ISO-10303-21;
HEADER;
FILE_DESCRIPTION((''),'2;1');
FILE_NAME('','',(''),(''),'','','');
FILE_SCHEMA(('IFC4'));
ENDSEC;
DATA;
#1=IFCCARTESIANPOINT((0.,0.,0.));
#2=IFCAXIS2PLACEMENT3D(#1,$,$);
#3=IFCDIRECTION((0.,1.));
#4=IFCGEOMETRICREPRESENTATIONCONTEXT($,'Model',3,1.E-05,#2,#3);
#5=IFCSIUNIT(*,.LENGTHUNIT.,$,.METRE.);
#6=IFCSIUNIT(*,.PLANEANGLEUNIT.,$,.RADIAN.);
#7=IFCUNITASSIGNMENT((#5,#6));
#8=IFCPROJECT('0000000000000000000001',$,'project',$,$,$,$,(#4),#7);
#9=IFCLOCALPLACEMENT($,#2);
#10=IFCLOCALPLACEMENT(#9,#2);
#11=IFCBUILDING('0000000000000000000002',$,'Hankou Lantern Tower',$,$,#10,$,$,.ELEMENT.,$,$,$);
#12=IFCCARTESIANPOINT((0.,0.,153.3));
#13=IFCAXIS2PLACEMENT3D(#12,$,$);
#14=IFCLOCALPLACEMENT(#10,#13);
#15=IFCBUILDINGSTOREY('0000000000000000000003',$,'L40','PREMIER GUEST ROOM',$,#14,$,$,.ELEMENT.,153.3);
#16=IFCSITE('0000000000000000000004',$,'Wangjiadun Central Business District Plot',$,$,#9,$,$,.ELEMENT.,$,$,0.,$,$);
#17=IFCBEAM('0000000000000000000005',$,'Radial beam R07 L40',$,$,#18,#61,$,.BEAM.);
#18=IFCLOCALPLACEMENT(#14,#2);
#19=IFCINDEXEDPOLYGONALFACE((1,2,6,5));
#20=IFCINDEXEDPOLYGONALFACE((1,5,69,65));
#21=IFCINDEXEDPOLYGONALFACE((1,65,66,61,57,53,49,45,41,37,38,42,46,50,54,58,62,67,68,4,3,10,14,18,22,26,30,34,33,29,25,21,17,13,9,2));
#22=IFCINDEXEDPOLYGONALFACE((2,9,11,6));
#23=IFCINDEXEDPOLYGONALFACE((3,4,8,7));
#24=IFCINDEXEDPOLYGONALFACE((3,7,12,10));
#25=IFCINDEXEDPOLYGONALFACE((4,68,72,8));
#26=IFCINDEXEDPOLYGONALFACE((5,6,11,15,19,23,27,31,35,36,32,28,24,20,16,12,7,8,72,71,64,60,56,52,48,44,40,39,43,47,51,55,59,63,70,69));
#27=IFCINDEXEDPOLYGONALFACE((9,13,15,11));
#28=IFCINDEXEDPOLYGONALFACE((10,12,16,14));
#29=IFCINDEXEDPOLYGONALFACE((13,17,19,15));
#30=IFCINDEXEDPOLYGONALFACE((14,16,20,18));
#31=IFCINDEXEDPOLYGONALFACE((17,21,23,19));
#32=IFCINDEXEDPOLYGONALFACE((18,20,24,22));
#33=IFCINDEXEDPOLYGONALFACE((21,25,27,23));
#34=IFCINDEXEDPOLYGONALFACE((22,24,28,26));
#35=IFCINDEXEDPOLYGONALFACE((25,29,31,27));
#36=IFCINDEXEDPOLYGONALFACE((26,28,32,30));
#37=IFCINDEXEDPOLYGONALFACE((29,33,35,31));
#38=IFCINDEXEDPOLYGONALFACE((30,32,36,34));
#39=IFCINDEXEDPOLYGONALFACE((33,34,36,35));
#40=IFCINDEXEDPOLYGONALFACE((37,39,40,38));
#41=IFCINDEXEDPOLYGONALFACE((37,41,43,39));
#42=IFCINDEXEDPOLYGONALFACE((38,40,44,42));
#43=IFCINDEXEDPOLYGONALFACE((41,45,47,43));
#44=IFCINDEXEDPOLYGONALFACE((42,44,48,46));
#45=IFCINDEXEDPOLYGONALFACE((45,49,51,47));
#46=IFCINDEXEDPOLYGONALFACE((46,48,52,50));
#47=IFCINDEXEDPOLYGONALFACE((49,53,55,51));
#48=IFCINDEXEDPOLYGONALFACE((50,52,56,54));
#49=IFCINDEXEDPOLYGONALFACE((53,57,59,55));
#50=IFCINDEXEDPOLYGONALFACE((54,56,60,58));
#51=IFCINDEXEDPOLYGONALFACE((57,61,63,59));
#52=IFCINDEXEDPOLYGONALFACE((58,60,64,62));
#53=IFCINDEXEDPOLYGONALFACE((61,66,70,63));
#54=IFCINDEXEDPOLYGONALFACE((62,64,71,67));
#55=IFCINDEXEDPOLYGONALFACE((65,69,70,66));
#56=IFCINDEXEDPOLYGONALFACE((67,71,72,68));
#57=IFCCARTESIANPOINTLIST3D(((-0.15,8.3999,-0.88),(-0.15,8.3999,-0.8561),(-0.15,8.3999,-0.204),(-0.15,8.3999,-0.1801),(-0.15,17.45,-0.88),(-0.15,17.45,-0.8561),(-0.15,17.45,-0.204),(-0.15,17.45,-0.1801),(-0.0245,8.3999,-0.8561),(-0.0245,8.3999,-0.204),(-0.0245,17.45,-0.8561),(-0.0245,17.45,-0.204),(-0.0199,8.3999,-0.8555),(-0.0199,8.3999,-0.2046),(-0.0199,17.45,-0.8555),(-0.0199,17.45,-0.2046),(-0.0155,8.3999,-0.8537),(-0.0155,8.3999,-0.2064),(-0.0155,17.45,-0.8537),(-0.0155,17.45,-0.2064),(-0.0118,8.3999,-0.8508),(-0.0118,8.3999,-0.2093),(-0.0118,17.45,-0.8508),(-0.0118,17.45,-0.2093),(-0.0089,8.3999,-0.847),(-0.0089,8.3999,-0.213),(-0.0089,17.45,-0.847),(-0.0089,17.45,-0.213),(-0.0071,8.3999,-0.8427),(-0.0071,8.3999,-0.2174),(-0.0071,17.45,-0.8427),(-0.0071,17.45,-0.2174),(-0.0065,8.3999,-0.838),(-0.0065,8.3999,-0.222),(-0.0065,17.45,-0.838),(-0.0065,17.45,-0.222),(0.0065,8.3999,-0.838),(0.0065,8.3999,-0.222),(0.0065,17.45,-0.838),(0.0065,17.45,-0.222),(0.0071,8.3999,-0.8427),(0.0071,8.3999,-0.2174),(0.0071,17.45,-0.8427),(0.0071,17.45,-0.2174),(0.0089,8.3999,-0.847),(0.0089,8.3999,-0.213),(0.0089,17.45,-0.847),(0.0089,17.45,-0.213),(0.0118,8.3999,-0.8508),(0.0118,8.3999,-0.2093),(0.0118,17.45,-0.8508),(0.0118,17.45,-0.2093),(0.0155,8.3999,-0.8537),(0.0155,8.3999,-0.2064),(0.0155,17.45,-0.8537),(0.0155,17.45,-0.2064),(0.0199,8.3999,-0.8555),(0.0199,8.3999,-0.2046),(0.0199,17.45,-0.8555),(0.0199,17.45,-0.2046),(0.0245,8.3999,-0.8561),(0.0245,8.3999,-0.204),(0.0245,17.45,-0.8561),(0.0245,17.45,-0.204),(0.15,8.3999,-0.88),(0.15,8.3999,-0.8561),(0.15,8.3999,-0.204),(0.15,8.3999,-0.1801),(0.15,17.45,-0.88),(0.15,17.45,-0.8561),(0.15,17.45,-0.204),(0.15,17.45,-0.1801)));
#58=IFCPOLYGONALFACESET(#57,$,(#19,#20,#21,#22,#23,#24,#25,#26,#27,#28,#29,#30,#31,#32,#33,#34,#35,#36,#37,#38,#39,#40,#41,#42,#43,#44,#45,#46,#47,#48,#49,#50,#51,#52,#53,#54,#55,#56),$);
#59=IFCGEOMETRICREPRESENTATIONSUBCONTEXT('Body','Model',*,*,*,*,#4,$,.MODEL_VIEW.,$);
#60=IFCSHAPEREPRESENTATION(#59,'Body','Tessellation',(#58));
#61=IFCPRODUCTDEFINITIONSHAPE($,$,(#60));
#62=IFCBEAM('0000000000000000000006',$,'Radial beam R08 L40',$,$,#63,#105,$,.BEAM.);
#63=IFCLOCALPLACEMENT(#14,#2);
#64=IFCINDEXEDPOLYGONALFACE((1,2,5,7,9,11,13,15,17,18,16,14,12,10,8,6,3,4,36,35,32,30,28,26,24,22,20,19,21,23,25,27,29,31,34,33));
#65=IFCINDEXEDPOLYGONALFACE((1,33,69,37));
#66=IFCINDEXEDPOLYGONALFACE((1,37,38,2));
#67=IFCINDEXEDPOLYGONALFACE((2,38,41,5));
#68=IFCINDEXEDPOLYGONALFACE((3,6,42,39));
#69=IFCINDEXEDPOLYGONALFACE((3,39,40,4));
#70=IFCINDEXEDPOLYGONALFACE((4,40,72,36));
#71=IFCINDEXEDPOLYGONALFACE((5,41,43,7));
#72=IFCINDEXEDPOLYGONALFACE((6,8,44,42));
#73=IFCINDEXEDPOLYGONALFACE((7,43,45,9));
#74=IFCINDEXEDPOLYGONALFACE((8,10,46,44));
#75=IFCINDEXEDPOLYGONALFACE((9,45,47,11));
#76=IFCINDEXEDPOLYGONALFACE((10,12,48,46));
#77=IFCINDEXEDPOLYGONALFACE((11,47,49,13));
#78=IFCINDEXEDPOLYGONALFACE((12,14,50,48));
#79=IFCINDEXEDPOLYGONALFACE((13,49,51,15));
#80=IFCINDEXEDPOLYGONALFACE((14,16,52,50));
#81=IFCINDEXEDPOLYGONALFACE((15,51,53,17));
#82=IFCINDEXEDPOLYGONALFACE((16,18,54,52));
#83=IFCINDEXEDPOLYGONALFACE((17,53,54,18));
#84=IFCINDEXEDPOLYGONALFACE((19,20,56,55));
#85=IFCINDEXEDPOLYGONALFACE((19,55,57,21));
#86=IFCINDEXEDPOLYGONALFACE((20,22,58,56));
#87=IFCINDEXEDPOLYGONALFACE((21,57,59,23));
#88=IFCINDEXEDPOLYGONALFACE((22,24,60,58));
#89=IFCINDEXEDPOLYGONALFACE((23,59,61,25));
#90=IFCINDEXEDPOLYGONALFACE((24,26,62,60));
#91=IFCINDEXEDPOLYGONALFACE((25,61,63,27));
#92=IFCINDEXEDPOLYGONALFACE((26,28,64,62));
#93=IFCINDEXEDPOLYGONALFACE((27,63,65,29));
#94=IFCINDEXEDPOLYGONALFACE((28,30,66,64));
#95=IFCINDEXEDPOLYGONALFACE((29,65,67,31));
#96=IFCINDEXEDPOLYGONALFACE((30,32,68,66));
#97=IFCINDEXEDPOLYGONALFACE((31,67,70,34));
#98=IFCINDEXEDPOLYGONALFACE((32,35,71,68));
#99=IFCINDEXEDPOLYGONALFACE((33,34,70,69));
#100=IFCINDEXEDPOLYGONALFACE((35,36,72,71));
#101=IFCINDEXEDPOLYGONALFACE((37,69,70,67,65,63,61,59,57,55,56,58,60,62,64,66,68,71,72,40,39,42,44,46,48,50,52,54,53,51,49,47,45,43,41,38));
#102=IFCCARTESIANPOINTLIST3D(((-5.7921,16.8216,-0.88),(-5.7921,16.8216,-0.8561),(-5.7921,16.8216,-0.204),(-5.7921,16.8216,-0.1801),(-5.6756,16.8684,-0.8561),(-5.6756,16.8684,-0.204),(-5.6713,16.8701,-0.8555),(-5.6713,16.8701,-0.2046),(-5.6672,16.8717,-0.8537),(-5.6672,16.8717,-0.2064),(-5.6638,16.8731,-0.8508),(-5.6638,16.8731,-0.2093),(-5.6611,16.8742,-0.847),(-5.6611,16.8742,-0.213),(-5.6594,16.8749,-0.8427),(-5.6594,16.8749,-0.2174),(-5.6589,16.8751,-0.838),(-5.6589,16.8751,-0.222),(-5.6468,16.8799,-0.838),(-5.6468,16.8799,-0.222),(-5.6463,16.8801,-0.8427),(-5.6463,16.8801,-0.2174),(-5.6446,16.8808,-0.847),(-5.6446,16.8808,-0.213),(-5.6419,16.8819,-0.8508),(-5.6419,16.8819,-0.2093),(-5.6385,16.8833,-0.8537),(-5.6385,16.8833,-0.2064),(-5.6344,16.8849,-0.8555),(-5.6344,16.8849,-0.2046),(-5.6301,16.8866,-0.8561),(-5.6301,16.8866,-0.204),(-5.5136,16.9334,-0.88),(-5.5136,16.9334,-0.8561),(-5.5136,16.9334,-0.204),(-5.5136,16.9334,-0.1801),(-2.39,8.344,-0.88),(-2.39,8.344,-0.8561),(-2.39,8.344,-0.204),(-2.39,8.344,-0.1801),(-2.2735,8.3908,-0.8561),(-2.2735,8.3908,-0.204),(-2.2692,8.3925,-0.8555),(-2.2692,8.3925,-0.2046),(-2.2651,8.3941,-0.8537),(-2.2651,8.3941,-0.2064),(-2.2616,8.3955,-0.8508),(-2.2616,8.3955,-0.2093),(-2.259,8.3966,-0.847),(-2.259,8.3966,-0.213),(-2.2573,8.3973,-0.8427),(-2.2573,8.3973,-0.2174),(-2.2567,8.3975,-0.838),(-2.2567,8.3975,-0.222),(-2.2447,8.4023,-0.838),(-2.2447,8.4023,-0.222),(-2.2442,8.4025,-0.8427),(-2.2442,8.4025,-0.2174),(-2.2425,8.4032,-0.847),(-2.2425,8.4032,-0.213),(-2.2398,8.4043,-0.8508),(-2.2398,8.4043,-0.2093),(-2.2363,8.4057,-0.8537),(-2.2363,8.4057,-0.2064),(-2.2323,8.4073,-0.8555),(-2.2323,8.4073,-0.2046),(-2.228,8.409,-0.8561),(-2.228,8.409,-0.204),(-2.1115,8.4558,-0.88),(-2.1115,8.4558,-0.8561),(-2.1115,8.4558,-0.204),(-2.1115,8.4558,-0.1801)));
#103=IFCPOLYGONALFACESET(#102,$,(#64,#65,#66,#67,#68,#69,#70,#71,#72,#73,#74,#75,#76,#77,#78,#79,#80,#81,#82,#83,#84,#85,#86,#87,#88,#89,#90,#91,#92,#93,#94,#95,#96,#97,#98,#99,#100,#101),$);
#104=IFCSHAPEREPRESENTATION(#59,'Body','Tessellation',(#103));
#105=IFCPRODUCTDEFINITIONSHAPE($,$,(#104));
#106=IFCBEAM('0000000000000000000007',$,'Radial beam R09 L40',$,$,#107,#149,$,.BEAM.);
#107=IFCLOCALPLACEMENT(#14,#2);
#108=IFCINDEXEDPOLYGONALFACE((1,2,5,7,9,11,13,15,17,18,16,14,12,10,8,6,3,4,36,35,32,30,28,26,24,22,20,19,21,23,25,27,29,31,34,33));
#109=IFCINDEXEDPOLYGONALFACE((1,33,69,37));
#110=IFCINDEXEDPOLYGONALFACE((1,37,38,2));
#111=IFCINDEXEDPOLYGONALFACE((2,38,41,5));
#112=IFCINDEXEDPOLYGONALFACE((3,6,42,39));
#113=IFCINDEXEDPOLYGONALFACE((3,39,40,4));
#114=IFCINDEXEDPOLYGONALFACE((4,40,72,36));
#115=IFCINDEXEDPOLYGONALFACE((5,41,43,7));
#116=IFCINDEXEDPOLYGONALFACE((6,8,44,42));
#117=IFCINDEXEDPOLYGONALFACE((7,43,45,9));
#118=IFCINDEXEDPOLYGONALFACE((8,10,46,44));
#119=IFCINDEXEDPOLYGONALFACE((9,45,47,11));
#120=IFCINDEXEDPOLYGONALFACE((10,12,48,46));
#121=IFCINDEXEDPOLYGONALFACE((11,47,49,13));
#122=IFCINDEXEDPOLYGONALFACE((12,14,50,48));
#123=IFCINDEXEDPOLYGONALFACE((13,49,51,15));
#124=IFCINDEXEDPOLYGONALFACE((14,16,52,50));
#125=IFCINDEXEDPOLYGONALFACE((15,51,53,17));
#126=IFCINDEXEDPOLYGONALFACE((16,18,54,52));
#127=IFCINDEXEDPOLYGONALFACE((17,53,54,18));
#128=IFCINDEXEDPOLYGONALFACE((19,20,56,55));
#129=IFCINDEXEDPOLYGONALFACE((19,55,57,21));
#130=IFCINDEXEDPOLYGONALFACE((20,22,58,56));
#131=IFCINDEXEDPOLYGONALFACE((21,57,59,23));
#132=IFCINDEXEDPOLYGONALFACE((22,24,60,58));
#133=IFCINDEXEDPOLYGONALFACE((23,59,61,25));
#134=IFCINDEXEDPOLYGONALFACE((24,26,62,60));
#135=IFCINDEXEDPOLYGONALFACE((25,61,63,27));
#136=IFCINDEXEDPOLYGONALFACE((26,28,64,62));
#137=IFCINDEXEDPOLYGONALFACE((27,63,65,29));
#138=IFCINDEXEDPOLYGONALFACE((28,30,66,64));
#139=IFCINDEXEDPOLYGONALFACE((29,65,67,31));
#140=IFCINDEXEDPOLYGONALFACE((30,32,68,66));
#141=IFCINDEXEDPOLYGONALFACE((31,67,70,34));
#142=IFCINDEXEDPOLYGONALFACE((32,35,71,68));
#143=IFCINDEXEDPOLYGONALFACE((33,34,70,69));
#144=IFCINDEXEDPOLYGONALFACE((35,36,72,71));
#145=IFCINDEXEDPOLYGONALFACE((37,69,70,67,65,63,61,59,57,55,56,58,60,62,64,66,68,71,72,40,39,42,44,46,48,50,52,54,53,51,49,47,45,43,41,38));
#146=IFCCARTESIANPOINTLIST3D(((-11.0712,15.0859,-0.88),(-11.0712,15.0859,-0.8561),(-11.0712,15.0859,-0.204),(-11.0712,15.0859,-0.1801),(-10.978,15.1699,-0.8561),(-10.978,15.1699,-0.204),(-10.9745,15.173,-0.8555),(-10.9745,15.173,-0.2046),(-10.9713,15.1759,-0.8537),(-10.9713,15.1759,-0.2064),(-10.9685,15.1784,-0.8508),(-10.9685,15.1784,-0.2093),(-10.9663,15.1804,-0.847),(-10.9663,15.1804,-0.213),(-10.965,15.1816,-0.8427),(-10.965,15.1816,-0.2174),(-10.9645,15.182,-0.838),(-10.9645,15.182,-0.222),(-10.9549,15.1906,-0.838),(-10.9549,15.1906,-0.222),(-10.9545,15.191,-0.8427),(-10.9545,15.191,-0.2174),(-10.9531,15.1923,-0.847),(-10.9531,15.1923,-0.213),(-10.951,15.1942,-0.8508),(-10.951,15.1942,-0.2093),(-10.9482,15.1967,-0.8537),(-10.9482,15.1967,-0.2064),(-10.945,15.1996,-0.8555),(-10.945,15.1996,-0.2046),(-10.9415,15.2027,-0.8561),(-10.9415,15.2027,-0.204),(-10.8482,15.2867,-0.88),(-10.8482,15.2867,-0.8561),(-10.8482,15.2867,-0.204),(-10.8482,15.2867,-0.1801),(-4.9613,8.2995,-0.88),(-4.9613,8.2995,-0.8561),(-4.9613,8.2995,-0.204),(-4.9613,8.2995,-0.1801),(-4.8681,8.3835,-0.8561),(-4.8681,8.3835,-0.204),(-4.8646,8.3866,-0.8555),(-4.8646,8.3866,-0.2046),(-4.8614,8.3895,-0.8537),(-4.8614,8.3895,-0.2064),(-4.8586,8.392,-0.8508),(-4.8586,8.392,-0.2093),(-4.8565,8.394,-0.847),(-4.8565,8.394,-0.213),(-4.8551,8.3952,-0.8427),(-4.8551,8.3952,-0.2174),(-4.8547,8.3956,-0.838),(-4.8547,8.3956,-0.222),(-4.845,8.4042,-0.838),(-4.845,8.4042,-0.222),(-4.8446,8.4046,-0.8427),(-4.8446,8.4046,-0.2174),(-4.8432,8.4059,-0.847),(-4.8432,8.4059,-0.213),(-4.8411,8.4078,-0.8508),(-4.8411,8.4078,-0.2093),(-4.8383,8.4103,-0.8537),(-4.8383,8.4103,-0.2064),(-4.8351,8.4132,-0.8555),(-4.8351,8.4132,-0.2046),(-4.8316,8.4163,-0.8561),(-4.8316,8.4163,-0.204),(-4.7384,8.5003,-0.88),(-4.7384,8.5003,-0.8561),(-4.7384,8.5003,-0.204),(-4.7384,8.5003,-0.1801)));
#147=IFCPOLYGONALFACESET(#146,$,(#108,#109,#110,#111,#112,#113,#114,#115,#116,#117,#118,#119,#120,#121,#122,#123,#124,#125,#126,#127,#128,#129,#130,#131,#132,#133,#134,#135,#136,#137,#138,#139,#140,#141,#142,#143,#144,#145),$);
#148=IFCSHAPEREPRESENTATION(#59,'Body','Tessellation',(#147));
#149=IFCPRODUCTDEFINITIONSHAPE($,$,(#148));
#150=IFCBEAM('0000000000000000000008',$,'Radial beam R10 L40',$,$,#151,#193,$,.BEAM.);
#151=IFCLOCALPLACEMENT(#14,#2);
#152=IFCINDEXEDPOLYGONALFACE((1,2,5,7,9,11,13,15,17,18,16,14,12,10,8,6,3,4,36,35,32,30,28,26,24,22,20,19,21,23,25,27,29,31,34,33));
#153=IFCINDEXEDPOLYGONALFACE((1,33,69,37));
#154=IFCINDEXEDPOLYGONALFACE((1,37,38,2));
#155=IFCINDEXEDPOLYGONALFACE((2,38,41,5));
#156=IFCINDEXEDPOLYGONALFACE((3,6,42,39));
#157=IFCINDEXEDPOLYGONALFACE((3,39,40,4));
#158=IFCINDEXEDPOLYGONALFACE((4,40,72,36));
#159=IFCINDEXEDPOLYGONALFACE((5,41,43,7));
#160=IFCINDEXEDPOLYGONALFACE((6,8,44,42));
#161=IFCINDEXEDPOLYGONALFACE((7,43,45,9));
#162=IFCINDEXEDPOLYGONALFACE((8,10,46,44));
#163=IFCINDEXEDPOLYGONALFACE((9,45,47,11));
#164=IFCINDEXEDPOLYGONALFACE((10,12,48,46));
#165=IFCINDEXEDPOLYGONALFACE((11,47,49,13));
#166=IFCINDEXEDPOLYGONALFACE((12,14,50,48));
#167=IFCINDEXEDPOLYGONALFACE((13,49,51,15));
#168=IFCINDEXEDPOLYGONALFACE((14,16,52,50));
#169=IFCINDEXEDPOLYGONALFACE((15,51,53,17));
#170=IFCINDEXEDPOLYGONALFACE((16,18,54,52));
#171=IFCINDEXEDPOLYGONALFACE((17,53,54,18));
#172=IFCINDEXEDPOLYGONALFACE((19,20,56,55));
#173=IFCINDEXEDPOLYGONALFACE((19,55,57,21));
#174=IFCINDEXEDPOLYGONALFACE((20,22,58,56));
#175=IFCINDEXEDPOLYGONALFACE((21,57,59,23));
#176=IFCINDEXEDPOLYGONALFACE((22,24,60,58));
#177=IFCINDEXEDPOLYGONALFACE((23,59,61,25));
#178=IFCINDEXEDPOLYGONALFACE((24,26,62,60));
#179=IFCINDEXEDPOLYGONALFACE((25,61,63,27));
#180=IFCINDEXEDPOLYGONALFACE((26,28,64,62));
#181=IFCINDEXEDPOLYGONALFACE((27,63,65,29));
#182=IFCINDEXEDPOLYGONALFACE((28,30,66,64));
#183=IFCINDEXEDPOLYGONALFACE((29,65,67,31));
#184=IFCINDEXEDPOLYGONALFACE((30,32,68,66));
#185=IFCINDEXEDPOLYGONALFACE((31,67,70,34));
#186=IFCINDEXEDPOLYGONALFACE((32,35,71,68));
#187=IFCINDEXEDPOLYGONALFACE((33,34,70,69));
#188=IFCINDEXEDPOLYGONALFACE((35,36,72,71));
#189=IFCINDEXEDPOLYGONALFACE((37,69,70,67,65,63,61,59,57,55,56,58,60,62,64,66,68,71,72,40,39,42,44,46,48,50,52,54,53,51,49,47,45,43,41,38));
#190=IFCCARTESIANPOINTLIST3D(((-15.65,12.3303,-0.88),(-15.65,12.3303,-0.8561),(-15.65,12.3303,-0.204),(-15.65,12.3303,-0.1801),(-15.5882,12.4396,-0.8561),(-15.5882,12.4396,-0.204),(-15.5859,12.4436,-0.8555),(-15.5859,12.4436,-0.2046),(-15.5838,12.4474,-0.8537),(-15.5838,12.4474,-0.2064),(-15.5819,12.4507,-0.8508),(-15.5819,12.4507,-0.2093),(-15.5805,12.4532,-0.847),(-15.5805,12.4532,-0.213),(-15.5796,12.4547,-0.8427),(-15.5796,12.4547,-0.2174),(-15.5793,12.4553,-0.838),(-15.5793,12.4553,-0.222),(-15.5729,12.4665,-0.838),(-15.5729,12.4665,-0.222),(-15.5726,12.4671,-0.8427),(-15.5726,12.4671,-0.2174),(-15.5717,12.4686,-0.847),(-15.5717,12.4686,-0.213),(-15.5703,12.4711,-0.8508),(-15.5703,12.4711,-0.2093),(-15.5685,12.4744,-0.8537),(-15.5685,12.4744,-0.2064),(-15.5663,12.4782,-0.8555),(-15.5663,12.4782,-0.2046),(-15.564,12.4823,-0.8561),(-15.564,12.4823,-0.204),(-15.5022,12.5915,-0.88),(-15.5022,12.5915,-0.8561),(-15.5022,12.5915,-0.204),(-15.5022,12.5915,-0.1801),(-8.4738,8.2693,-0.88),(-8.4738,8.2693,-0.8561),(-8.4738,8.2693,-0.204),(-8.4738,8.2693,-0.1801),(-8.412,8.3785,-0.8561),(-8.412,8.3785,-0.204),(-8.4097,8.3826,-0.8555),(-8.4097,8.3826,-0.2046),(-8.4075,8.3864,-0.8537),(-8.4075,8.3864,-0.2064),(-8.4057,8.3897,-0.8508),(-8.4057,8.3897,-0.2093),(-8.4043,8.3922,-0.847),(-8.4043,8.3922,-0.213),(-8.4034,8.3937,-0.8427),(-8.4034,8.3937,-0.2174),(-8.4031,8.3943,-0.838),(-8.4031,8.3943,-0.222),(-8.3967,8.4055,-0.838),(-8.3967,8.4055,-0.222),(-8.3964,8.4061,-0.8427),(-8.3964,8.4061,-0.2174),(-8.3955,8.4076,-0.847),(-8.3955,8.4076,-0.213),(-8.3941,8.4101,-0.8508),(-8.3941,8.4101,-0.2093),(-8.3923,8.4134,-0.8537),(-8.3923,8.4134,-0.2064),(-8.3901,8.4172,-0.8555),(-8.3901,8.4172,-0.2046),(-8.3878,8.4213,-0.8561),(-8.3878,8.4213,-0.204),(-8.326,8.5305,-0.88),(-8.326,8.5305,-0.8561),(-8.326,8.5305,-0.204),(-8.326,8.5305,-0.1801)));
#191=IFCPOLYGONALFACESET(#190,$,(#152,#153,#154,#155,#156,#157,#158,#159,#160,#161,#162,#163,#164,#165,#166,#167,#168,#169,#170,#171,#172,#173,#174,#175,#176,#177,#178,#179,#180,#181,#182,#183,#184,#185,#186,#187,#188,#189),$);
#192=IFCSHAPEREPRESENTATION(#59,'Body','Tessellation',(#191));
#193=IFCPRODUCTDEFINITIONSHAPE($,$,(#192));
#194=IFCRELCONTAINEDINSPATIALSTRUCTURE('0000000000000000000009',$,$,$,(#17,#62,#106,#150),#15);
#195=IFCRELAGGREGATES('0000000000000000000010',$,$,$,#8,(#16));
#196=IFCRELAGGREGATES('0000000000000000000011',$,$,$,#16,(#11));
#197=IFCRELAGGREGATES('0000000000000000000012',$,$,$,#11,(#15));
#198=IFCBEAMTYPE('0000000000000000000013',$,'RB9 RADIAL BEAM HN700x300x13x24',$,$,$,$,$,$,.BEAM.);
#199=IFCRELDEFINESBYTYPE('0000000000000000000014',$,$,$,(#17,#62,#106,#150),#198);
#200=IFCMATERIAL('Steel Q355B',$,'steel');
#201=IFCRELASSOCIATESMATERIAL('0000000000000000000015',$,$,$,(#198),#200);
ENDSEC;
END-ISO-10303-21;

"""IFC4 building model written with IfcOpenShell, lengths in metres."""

from ifc_helpers import new_model, si_unit, direction, frame, origin, origin_2d, place, context, subcontext, project, spatial, i_section, extrude, material, material_profile, profile_set, type_object, element, save


model = new_model("IFC4")

# Units and contexts
model_context = context("Model", 3, precision=1e-05, world=origin(), true_north=direction((0.0, 1.0)))
body_context = subcontext(model_context, "Body", "Model", "MODEL_VIEW")
ifc_project = project(units=[si_unit("LENGTHUNIT", "METRE"), si_unit("PLANEANGLEUNIT", "RADIAN")], contexts=[model_context])

# Site, building, storey
site_placement = place(None, origin())
site = spatial("IfcSite", under=ifc_project, at=site_placement, Name="Wangjiadun Central Business District Plot", CompositionType="ELEMENT", RefElevation=0.0)
building_placement = place(site_placement, origin())
building = spatial("IfcBuilding", under=site, at=building_placement, Name="Hankou Lantern Tower", CompositionType="ELEMENT")
storey_placement = place(building_placement, frame((0.0, 0.0, 153.3)))
storey = spatial("IfcBuildingStorey", under=building, at=storey_placement, Name="L40", Description="PREMIER GUEST ROOM", CompositionType="ELEMENT", Elevation=153.3)

# Beams
ifc_material_1 = material(Name="Steel Q355B", Category="steel")
ifc_material_profile_1 = material_profile(ifc_material_1, i_section(OverallWidth=0.3, OverallDepth=0.7, WebThickness=0.0129, FlangeThickness=0.0239, FilletRadius=0.0181, at=origin_2d()), Name="HN700x300x13x24")
ifc_profile_set_1 = profile_set([ifc_material_profile_1], Name="Steel Q355B")
beam_type_1 = type_object("IfcBeamType", Name="RB9 RADIAL BEAM HN700x300x13x24", PredefinedType="BEAM", material=ifc_profile_set_1)
beam_1_placement = place(storey_placement, frame((0.0, 8.3999, -0.53), z_axis=(0.0, 1.0, 0.0), x_axis=(-1.0, 0.0, 0.0)))
element("IfcBeam", 1, at=beam_1_placement, inside=storey, type_object=beam_type_1, Name="Radial beam R07 L40", PredefinedType="BEAM", context=body_context, shape_type="SweptSolid", body=[
    extrude(i_section(OverallWidth=0.3, OverallDepth=0.7, WebThickness=0.0129, FlangeThickness=0.0239, FilletRadius=0.0181, at=origin_2d()), origin(), (0.0, 0.0, 1.0), 9.05),
])
beam_2_placement = place(storey_placement, frame((-2.2507, 8.3999, -0.53), z_axis=(-0.372436, 0.928058, 0.0), x_axis=(-0.928058, -0.372436, 0.0)))
element("IfcBeam", 2, at=beam_2_placement, inside=storey, type_object=beam_type_1, Name="Radial beam R08 L40", PredefinedType="BEAM", context=body_context, shape_type="SweptSolid", body=[
    extrude(i_section(OverallWidth=0.3, OverallDepth=0.7, WebThickness=0.0129, FlangeThickness=0.0239, FilletRadius=0.0181, at=origin_2d()), origin(), (0.0, 0.0, 1.0), 9.1348),
])
beam_3_placement = place(storey_placement, frame((-4.8499, 8.3999, -0.53), z_axis=(-0.669093, 0.743178, 0.0), x_axis=(-0.743178, -0.669093, 0.0)))
element("IfcBeam", 3, at=beam_3_placement, inside=storey, type_object=beam_type_1, Name="Radial beam R09 L40", PredefinedType="BEAM", context=body_context, shape_type="SweptSolid", body=[
    extrude(i_section(OverallWidth=0.3, OverallDepth=0.7, WebThickness=0.0129, FlangeThickness=0.0239, FilletRadius=0.0181, at=origin_2d()), origin(), (0.0, 0.0, 1.0), 9.1316),
])
beam_4_placement = place(storey_placement, frame((-8.3999, 8.3999, -0.53), z_axis=(-0.870309, 0.492506, 0.0), x_axis=(-0.492506, -0.870309, 0.0)))
element("IfcBeam", 4, at=beam_4_placement, inside=storey, type_object=beam_type_1, Name="Radial beam R10 L40", PredefinedType="BEAM", context=body_context, shape_type="SweptSolid", body=[
    extrude(i_section(OverallWidth=0.3, OverallDepth=0.7, WebThickness=0.0129, FlangeThickness=0.0239, FilletRadius=0.0181, at=origin_2d()), origin(), (0.0, 0.0, 1.0), 8.2456),
])

save(model, "model.ifc")
